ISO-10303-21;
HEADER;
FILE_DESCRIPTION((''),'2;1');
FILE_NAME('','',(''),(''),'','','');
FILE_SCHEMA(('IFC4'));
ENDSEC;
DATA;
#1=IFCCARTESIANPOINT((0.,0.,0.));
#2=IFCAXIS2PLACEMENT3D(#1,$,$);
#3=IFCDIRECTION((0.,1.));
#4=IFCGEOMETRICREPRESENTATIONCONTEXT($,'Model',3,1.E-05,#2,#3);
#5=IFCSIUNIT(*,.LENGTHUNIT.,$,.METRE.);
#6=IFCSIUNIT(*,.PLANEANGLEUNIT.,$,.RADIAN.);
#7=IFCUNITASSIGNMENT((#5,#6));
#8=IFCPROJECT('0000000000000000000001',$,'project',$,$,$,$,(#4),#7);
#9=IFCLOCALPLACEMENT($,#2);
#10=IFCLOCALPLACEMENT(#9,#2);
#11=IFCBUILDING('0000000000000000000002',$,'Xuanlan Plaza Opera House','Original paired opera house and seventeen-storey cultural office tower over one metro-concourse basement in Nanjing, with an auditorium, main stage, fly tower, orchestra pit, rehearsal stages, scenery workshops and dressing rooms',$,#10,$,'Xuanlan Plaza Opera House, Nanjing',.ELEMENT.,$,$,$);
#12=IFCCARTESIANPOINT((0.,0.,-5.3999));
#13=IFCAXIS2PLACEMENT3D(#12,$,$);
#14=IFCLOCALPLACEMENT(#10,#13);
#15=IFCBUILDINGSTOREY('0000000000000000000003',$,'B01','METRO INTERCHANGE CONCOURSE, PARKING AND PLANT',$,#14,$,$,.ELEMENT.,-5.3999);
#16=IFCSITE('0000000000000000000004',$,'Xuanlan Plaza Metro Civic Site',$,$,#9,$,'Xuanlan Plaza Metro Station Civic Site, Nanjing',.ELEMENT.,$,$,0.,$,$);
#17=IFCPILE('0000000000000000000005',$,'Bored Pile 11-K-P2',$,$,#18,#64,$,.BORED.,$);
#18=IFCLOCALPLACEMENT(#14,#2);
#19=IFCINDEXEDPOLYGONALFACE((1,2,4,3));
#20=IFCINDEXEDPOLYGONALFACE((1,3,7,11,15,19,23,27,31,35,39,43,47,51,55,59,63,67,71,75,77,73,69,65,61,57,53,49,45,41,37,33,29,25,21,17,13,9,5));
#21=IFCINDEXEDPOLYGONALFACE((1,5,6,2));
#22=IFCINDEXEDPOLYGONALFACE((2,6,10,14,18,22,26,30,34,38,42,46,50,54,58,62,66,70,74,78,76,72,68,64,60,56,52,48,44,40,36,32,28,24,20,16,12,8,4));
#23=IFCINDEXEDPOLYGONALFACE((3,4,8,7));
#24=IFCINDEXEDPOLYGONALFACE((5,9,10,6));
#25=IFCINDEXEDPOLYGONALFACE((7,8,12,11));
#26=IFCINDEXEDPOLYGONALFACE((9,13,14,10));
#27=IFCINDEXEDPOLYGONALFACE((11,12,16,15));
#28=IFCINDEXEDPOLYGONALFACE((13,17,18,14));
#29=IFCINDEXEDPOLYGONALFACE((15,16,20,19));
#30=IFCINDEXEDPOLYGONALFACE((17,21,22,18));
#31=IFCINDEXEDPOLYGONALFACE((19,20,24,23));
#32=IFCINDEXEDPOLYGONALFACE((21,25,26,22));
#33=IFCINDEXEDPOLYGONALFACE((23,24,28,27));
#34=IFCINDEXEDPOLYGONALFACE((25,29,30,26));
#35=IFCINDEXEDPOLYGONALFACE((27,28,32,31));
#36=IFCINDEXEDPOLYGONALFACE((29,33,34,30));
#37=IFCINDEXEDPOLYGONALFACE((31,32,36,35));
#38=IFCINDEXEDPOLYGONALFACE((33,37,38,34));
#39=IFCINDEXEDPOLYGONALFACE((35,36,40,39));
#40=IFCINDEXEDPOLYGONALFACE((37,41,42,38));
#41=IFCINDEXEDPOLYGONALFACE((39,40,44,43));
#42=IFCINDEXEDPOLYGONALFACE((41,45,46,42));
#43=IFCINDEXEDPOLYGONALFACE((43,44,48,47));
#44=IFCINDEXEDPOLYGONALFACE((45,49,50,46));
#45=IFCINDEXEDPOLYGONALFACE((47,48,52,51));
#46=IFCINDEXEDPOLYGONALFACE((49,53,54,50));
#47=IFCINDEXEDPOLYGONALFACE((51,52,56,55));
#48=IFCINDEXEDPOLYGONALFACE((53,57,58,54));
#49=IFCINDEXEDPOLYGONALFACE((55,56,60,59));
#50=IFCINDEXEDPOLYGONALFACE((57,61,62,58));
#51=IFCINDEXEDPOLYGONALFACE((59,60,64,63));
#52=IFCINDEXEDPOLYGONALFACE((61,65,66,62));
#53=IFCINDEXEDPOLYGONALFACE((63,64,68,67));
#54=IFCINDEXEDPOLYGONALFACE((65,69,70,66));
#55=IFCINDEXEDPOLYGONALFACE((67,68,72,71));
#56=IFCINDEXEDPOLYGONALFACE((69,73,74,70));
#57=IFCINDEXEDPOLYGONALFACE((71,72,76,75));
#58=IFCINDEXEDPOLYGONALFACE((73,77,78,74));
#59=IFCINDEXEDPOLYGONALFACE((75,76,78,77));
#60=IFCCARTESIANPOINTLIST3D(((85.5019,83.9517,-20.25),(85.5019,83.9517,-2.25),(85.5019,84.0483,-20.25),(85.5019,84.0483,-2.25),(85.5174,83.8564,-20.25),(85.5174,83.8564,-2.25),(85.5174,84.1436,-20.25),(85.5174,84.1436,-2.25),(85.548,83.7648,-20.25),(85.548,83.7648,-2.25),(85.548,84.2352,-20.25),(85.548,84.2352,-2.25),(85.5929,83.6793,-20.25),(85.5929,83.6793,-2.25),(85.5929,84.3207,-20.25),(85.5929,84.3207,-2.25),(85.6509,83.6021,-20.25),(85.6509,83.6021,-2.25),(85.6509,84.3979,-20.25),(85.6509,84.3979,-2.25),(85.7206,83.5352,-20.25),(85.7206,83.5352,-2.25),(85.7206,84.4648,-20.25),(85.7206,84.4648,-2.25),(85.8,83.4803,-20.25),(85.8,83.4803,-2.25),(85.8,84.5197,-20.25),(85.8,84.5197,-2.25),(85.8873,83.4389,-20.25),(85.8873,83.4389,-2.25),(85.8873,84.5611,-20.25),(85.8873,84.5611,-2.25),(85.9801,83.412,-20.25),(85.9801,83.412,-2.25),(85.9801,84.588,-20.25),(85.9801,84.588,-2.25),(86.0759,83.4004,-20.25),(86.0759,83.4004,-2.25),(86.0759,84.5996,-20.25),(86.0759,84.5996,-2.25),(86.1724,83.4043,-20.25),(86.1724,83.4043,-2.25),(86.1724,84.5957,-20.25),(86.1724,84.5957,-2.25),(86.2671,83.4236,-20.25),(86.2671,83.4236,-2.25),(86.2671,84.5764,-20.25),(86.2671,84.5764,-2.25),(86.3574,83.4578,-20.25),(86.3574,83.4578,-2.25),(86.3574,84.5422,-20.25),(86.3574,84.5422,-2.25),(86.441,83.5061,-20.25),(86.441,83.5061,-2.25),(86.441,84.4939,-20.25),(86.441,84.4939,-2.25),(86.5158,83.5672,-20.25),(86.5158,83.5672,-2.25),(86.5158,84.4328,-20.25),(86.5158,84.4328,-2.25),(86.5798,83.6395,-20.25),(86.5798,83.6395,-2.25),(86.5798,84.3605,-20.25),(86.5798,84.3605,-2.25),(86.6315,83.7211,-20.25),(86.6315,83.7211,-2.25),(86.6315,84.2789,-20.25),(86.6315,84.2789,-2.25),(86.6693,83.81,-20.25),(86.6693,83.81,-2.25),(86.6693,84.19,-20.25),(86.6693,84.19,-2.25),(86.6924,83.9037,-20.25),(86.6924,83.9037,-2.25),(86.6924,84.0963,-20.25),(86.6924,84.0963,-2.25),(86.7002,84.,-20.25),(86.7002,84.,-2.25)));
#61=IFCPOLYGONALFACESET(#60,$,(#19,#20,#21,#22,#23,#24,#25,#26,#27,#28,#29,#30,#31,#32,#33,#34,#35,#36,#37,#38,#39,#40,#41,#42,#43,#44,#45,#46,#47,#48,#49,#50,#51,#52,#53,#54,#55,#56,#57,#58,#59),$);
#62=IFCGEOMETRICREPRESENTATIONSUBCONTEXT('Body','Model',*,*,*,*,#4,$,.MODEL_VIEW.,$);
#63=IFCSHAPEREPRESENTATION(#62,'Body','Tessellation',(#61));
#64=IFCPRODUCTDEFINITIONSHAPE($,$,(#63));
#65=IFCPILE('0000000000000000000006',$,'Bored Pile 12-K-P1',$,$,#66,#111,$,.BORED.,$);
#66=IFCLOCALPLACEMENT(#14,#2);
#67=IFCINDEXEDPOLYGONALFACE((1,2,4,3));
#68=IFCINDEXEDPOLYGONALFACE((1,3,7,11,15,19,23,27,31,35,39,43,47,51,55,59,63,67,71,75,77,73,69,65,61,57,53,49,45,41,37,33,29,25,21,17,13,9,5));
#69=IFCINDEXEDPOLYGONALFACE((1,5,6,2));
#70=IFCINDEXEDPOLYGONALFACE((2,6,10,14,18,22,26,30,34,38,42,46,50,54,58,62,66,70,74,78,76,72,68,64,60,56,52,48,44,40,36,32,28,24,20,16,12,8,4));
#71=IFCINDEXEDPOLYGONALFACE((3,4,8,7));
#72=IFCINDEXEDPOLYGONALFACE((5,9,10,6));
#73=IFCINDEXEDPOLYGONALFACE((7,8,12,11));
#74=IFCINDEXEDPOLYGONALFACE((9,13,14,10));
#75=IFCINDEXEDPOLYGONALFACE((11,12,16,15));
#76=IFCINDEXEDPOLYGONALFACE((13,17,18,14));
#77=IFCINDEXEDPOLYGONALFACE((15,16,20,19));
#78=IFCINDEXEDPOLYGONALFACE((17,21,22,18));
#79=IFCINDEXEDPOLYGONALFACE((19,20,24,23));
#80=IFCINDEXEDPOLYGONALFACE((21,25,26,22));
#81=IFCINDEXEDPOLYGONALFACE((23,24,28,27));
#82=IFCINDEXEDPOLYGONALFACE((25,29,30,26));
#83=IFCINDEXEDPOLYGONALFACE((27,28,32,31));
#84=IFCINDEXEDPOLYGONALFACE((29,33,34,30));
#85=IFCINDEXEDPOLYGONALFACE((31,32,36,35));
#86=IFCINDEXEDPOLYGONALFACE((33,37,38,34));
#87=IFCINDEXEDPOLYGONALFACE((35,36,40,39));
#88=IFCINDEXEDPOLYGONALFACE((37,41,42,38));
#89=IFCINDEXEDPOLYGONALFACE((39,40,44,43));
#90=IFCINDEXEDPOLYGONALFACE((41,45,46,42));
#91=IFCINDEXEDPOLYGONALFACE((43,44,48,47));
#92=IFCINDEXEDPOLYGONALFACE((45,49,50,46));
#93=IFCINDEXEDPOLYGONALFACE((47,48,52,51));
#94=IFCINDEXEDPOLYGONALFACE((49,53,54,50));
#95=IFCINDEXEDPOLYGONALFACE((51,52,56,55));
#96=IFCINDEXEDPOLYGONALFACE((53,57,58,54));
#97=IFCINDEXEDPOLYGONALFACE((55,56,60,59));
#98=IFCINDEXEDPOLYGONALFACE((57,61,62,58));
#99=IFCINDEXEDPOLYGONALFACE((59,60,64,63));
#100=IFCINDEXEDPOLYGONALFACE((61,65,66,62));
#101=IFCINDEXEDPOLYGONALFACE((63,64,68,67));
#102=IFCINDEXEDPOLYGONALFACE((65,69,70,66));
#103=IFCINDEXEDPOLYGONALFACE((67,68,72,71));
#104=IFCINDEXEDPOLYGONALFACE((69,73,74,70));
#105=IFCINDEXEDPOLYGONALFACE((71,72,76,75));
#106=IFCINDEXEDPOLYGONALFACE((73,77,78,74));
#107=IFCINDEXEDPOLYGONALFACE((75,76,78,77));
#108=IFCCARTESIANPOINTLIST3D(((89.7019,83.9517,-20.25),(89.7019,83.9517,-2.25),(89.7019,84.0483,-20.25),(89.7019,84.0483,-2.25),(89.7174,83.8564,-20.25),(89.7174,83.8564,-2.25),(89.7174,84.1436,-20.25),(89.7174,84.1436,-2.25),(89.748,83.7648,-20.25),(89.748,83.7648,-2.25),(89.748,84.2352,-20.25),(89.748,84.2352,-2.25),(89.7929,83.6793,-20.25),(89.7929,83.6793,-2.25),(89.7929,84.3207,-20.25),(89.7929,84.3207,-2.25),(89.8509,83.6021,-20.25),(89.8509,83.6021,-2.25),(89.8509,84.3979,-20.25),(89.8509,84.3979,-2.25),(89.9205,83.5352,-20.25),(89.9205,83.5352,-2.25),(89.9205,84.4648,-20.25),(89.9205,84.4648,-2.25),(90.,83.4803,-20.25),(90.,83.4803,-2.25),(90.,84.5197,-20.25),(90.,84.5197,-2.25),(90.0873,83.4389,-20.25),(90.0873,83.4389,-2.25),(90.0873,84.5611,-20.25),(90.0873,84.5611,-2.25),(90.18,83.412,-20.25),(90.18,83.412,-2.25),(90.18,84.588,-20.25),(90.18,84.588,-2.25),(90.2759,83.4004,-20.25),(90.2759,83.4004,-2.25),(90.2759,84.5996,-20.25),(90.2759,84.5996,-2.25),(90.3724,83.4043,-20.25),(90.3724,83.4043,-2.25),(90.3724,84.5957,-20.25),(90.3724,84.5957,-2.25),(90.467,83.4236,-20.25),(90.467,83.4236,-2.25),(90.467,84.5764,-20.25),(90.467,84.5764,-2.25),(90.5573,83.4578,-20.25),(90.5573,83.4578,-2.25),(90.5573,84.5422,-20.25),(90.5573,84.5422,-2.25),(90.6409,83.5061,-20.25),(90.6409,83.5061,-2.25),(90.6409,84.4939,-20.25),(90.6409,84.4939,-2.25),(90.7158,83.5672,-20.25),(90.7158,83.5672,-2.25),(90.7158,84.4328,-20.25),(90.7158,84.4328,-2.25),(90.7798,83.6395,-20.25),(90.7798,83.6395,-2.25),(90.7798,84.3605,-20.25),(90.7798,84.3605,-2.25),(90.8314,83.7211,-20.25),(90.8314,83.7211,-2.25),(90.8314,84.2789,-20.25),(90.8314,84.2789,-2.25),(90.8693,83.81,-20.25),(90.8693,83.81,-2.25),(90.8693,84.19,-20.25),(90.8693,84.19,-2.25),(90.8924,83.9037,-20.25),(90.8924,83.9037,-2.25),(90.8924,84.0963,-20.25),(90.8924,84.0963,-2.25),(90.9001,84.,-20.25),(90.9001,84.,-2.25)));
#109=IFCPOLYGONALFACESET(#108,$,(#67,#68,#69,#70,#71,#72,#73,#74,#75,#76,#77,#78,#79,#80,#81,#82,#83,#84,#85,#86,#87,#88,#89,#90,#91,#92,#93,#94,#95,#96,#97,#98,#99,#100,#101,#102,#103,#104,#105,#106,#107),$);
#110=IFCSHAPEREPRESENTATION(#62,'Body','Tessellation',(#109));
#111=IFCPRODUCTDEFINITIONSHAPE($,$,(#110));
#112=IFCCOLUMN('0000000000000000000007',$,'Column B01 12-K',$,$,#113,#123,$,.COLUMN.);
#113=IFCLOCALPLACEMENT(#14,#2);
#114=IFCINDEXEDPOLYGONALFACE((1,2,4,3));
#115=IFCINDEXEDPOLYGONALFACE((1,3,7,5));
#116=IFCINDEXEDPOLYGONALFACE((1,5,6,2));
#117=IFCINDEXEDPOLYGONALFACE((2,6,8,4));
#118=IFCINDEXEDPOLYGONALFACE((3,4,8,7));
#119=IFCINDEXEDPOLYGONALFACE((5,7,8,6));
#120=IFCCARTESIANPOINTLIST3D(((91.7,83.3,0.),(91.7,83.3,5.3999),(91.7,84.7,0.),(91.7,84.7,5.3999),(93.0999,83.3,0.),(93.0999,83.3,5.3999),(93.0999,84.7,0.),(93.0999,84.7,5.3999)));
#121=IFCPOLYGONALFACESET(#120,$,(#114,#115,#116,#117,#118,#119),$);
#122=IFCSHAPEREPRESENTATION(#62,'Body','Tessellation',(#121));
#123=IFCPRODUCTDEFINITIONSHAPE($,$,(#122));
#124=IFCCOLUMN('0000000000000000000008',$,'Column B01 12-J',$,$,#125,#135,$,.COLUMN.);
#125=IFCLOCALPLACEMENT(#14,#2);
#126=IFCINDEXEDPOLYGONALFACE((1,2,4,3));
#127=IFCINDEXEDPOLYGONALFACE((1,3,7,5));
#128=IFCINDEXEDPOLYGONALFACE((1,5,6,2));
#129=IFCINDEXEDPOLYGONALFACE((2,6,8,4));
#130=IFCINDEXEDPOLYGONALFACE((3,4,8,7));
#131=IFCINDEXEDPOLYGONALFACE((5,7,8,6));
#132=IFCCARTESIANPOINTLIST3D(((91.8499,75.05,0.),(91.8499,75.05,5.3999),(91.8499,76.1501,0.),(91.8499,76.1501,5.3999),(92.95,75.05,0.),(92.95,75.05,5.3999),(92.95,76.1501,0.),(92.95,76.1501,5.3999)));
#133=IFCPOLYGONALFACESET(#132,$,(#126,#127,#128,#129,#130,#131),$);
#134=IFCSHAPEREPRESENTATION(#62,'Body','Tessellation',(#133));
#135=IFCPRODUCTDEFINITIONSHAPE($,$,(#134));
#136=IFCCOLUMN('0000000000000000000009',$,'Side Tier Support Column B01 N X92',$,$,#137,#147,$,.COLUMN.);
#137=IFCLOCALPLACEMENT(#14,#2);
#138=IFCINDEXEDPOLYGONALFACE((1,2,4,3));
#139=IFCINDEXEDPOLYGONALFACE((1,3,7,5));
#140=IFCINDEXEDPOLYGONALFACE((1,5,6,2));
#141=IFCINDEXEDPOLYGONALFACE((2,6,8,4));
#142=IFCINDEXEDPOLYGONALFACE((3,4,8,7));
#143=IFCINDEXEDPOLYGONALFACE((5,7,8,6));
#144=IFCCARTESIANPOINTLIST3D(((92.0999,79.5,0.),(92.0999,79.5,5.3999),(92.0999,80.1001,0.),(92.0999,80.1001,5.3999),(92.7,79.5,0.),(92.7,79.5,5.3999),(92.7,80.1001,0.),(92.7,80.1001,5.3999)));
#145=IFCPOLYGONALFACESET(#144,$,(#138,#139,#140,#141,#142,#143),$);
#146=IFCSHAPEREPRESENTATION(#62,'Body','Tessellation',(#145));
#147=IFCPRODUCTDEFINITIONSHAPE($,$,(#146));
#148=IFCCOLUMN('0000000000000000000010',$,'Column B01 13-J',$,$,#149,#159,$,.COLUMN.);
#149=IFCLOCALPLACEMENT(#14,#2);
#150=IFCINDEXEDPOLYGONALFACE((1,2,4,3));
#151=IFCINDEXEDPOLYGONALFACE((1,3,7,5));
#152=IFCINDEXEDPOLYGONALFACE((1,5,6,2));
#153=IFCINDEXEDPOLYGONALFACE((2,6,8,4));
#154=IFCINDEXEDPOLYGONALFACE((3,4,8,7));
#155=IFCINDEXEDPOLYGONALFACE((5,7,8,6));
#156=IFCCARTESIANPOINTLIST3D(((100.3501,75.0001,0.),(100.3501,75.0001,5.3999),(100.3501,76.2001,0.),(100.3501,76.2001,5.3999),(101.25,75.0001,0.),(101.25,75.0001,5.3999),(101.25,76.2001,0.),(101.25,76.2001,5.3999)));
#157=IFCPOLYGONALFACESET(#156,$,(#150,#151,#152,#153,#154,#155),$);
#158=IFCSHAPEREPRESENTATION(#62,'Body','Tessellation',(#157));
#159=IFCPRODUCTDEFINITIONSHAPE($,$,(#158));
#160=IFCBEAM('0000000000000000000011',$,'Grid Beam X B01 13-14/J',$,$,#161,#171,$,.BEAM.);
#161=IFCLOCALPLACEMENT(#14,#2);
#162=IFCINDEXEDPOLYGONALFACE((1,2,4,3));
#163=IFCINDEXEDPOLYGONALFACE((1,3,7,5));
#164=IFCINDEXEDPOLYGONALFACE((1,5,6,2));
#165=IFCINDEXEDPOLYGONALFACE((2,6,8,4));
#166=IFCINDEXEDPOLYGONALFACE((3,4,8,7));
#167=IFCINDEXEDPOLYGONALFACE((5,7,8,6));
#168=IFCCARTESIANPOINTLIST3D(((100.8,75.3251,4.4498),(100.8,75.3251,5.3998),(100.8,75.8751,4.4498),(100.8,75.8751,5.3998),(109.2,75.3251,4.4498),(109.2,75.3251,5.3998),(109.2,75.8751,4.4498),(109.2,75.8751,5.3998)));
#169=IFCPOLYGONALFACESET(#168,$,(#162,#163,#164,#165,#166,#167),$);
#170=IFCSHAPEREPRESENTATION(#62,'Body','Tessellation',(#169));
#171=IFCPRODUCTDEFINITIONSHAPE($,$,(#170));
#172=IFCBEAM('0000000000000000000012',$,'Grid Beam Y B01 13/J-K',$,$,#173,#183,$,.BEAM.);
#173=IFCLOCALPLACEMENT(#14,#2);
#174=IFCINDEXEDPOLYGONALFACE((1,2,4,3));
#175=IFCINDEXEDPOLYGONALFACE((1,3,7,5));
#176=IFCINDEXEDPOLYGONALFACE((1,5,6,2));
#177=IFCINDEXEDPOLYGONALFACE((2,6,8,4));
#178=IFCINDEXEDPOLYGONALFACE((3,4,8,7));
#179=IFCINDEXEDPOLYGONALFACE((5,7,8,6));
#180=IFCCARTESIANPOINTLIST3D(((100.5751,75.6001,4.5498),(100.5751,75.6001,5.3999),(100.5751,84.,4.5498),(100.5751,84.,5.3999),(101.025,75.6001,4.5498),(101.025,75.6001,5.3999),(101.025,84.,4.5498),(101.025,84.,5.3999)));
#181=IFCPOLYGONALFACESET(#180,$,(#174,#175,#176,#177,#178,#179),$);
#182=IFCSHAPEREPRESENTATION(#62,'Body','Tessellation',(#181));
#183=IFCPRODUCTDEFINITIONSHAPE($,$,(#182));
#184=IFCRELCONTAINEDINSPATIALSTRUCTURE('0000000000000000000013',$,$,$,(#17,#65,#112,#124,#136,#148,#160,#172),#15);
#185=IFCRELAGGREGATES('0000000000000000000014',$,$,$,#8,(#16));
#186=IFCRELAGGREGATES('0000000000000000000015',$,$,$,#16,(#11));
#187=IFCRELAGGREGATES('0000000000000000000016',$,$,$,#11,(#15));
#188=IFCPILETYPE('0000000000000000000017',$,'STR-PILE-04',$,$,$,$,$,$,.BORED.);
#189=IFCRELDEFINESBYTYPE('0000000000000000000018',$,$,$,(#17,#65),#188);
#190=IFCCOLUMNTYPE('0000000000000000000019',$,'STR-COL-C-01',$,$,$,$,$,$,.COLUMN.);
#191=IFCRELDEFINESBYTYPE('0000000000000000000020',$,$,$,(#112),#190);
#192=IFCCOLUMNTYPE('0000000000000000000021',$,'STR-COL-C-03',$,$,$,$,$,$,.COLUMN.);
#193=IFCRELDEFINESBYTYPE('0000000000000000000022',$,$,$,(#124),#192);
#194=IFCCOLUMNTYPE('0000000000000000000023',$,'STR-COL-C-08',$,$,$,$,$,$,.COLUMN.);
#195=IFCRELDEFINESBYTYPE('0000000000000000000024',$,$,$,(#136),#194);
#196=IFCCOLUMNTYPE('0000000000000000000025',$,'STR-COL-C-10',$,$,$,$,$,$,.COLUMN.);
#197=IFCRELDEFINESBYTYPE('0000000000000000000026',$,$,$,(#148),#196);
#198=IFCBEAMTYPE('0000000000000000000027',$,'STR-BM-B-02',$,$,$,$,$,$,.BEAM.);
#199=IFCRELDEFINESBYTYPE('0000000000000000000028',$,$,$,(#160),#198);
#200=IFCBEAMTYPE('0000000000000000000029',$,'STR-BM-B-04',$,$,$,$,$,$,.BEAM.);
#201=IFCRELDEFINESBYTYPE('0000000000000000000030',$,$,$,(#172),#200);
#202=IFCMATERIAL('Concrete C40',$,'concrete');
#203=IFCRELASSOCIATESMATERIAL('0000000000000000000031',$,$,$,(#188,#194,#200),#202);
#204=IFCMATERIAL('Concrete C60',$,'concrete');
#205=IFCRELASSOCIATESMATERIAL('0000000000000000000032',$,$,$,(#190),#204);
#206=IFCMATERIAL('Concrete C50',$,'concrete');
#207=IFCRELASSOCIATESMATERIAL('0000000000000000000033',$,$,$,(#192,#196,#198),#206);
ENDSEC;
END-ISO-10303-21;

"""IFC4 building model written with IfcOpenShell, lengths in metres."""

from ifc_helpers import new_model, si_unit, direction, frame, origin, origin_2d, place, context, subcontext, project, spatial, rectangle, circle, extrude, material, material_profile, profile_set, type_object, element, save


model = new_model("IFC4")

# Units and contexts
model_context = context("Model", 3, precision=1e-05, world=origin(), true_north=direction((0.0, 1.0)))
body_context = subcontext(model_context, "Body", "Model", "MODEL_VIEW")
ifc_project = project(units=[si_unit("LENGTHUNIT", "METRE"), si_unit("PLANEANGLEUNIT", "RADIAN")], contexts=[model_context])

# Site, building, storey
site_placement = place(None, origin())
site = spatial("IfcSite", under=ifc_project, at=site_placement, Name="Xuanlan Plaza Metro Civic Site", LongName="Xuanlan Plaza Metro Station Civic Site, Nanjing", CompositionType="ELEMENT", RefElevation=0.0)
building_placement = place(site_placement, origin())
building = spatial("IfcBuilding", under=site, at=building_placement, Name="Xuanlan Plaza Opera House", Description="Original paired opera house and seventeen-storey cultural office tower over one metro-concourse basement in Nanjing, with an auditorium, main stage, fly tower, orchestra pit, rehearsal stages, scenery workshops and dressing rooms", LongName="Xuanlan Plaza Opera House, Nanjing", CompositionType="ELEMENT")
storey_placement = place(building_placement, frame((0.0, 0.0, -5.3999)))
storey = spatial("IfcBuildingStorey", under=building, at=storey_placement, Name="B01", Description="METRO INTERCHANGE CONCOURSE, PARKING AND PLANT", CompositionType="ELEMENT", Elevation=-5.3999)

# Shared definitions
ifc_material_1 = material(Name="Concrete C50", Category="concrete")
ifc_material_2 = material(Name="Concrete C40", Category="concrete")

# Piles
ifc_material_profile_1 = material_profile(ifc_material_2, circle(Radius=0.6001, at=origin_2d()), Name="PILE D1200")
ifc_profile_set_1 = profile_set([ifc_material_profile_1], Name="Concrete C40")
pile_type_1 = type_object("IfcPileType", Name="STR-PILE-04", PredefinedType="BORED", material=ifc_profile_set_1)
for number, where, z_axis, x_axis, name in (
    (1, (86.1001, 84.0, -2.25), (0.0, 0.0, -1.0), (1.0, 0.0, 0.0), "Bored Pile 11-K-P2"),
    (2, (90.3, 84.0, -2.25), (0.0, 0.0, -1.0), (1.0, 0.0, 0.0), "Bored Pile 12-K-P1"),
):
    element("IfcPile", number, at=place(storey_placement, frame(where, z_axis=z_axis, x_axis=x_axis)), inside=storey, type_object=pile_type_1, Name=name, PredefinedType="BORED", context=body_context, shape_type="SweptSolid", body=[
        extrude(circle(Radius=0.6001, at=origin_2d()), origin(), (0.0, 0.0, 1.0), 18.0),
    ])

# Columns
ifc_material_3 = material(Name="Concrete C60", Category="concrete")
ifc_material_profile_2 = material_profile(ifc_material_3, rectangle(XDim=1.3999, YDim=1.3999, at=origin_2d()), Name="RC-COL 1400x1400")
ifc_profile_set_2 = profile_set([ifc_material_profile_2], Name="Concrete C60")
column_type_1 = type_object("IfcColumnType", Name="STR-COL-C-01", PredefinedType="COLUMN", material=ifc_profile_set_2)
column_1_placement = place(storey_placement, frame((92.3999, 84.0, 0.0), z_axis=(0.0, 0.0, 1.0), x_axis=(1.0, 0.0, 0.0)))
element("IfcColumn", 3, at=column_1_placement, inside=storey, type_object=column_type_1, Name="Column B01 12-K", PredefinedType="COLUMN", context=body_context, shape_type="SweptSolid", body=[
    extrude(rectangle(XDim=1.3999, YDim=1.3999, at=origin_2d()), origin(), (0.0, 0.0, 1.0), 5.3999),
])
ifc_material_profile_3 = material_profile(ifc_material_1, rectangle(XDim=1.1001, YDim=1.1001, at=origin_2d()), Name="RC-COL 1100x1100")
ifc_profile_set_3 = profile_set([ifc_material_profile_3], Name="Concrete C50")
column_type_2 = type_object("IfcColumnType", Name="STR-COL-C-03", PredefinedType="COLUMN", material=ifc_profile_set_3)
column_2_placement = place(storey_placement, frame((92.3999, 75.6001, 0.0), z_axis=(0.0, 0.0, 1.0), x_axis=(1.0, 0.0, 0.0)))
element("IfcColumn", 4, at=column_2_placement, inside=storey, type_object=column_type_2, Name="Column B01 12-J", PredefinedType="COLUMN", context=body_context, shape_type="SweptSolid", body=[
    extrude(rectangle(XDim=1.1001, YDim=1.1001, at=origin_2d()), origin(), (0.0, 0.0, 1.0), 5.3999),
])
ifc_material_profile_4 = material_profile(ifc_material_2, rectangle(XDim=0.6001, YDim=0.6001, at=origin_2d()), Name="RC-COL 600x600")
ifc_profile_set_4 = profile_set([ifc_material_profile_4], Name="Concrete C40")
column_type_3 = type_object("IfcColumnType", Name="STR-COL-C-08", PredefinedType="COLUMN", material=ifc_profile_set_4)
column_3_placement = place(storey_placement, frame((92.3999, 79.8, 0.0), z_axis=(0.0, 0.0, 1.0), x_axis=(1.0, 0.0, 0.0)))
element("IfcColumn", 5, at=column_3_placement, inside=storey, type_object=column_type_3, Name="Side Tier Support Column B01 N X92", PredefinedType="COLUMN", context=body_context, shape_type="SweptSolid", body=[
    extrude(rectangle(XDim=0.6001, YDim=0.6001, at=origin_2d()), origin(), (0.0, 0.0, 1.0), 5.3999),
])
ifc_material_profile_5 = material_profile(ifc_material_1, rectangle(XDim=0.8999, YDim=1.2, at=origin_2d()), Name="RC-COL 900x1200")
ifc_profile_set_5 = profile_set([ifc_material_profile_5], Name="Concrete C50")
column_type_4 = type_object("IfcColumnType", Name="STR-COL-C-10", PredefinedType="COLUMN", material=ifc_profile_set_5)
column_4_placement = place(storey_placement, frame((100.8, 75.6001, 0.0), z_axis=(0.0, 0.0, 1.0), x_axis=(1.0, 0.0, 0.0)))
element("IfcColumn", 6, at=column_4_placement, inside=storey, type_object=column_type_4, Name="Column B01 13-J", PredefinedType="COLUMN", context=body_context, shape_type="SweptSolid", body=[
    extrude(rectangle(XDim=0.8999, YDim=1.2, at=origin_2d()), origin(), (0.0, 0.0, 1.0), 5.3999),
])

# Beams
ifc_material_profile_6 = material_profile(ifc_material_1, rectangle(XDim=0.55, YDim=0.95, at=origin_2d()), Name="RC-BM 550x950")
ifc_profile_set_6 = profile_set([ifc_material_profile_6], Name="Concrete C50")
beam_type_1 = type_object("IfcBeamType", Name="STR-BM-B-02", PredefinedType="BEAM", material=ifc_profile_set_6)
beam_1_placement = place(storey_placement, frame((100.8, 75.6001, 4.9248), z_axis=(1.0, 0.0, 0.0), x_axis=(0.0, 1.0, 0.0)))
element("IfcBeam", 7, at=beam_1_placement, inside=storey, type_object=beam_type_1, Name="Grid Beam X B01 13-14/J", PredefinedType="BEAM", context=body_context, shape_type="SweptSolid", body=[
    extrude(rectangle(XDim=0.55, YDim=0.95, at=origin_2d()), origin(), (0.0, 0.0, 1.0), 8.3999),
])
ifc_material_profile_7 = material_profile(ifc_material_2, rectangle(XDim=0.45, YDim=0.8501, at=origin_2d()), Name="RC-BM 450x850")
ifc_profile_set_7 = profile_set([ifc_material_profile_7], Name="Concrete C40")
beam_type_2 = type_object("IfcBeamType", Name="STR-BM-B-04", PredefinedType="BEAM", material=ifc_profile_set_7)
beam_2_placement = place(storey_placement, frame((100.8, 75.6001, 4.9749), z_axis=(0.0, 1.0, 0.0), x_axis=(-1.0, 0.0, 0.0)))
element("IfcBeam", 8, at=beam_2_placement, inside=storey, type_object=beam_type_2, Name="Grid Beam Y B01 13/J-K", PredefinedType="BEAM", context=body_context, shape_type="SweptSolid", body=[
    extrude(rectangle(XDim=0.45, YDim=0.8501, at=origin_2d()), origin(), (0.0, 0.0, 1.0), 8.3999),
])

save(model, "model.ifc")
